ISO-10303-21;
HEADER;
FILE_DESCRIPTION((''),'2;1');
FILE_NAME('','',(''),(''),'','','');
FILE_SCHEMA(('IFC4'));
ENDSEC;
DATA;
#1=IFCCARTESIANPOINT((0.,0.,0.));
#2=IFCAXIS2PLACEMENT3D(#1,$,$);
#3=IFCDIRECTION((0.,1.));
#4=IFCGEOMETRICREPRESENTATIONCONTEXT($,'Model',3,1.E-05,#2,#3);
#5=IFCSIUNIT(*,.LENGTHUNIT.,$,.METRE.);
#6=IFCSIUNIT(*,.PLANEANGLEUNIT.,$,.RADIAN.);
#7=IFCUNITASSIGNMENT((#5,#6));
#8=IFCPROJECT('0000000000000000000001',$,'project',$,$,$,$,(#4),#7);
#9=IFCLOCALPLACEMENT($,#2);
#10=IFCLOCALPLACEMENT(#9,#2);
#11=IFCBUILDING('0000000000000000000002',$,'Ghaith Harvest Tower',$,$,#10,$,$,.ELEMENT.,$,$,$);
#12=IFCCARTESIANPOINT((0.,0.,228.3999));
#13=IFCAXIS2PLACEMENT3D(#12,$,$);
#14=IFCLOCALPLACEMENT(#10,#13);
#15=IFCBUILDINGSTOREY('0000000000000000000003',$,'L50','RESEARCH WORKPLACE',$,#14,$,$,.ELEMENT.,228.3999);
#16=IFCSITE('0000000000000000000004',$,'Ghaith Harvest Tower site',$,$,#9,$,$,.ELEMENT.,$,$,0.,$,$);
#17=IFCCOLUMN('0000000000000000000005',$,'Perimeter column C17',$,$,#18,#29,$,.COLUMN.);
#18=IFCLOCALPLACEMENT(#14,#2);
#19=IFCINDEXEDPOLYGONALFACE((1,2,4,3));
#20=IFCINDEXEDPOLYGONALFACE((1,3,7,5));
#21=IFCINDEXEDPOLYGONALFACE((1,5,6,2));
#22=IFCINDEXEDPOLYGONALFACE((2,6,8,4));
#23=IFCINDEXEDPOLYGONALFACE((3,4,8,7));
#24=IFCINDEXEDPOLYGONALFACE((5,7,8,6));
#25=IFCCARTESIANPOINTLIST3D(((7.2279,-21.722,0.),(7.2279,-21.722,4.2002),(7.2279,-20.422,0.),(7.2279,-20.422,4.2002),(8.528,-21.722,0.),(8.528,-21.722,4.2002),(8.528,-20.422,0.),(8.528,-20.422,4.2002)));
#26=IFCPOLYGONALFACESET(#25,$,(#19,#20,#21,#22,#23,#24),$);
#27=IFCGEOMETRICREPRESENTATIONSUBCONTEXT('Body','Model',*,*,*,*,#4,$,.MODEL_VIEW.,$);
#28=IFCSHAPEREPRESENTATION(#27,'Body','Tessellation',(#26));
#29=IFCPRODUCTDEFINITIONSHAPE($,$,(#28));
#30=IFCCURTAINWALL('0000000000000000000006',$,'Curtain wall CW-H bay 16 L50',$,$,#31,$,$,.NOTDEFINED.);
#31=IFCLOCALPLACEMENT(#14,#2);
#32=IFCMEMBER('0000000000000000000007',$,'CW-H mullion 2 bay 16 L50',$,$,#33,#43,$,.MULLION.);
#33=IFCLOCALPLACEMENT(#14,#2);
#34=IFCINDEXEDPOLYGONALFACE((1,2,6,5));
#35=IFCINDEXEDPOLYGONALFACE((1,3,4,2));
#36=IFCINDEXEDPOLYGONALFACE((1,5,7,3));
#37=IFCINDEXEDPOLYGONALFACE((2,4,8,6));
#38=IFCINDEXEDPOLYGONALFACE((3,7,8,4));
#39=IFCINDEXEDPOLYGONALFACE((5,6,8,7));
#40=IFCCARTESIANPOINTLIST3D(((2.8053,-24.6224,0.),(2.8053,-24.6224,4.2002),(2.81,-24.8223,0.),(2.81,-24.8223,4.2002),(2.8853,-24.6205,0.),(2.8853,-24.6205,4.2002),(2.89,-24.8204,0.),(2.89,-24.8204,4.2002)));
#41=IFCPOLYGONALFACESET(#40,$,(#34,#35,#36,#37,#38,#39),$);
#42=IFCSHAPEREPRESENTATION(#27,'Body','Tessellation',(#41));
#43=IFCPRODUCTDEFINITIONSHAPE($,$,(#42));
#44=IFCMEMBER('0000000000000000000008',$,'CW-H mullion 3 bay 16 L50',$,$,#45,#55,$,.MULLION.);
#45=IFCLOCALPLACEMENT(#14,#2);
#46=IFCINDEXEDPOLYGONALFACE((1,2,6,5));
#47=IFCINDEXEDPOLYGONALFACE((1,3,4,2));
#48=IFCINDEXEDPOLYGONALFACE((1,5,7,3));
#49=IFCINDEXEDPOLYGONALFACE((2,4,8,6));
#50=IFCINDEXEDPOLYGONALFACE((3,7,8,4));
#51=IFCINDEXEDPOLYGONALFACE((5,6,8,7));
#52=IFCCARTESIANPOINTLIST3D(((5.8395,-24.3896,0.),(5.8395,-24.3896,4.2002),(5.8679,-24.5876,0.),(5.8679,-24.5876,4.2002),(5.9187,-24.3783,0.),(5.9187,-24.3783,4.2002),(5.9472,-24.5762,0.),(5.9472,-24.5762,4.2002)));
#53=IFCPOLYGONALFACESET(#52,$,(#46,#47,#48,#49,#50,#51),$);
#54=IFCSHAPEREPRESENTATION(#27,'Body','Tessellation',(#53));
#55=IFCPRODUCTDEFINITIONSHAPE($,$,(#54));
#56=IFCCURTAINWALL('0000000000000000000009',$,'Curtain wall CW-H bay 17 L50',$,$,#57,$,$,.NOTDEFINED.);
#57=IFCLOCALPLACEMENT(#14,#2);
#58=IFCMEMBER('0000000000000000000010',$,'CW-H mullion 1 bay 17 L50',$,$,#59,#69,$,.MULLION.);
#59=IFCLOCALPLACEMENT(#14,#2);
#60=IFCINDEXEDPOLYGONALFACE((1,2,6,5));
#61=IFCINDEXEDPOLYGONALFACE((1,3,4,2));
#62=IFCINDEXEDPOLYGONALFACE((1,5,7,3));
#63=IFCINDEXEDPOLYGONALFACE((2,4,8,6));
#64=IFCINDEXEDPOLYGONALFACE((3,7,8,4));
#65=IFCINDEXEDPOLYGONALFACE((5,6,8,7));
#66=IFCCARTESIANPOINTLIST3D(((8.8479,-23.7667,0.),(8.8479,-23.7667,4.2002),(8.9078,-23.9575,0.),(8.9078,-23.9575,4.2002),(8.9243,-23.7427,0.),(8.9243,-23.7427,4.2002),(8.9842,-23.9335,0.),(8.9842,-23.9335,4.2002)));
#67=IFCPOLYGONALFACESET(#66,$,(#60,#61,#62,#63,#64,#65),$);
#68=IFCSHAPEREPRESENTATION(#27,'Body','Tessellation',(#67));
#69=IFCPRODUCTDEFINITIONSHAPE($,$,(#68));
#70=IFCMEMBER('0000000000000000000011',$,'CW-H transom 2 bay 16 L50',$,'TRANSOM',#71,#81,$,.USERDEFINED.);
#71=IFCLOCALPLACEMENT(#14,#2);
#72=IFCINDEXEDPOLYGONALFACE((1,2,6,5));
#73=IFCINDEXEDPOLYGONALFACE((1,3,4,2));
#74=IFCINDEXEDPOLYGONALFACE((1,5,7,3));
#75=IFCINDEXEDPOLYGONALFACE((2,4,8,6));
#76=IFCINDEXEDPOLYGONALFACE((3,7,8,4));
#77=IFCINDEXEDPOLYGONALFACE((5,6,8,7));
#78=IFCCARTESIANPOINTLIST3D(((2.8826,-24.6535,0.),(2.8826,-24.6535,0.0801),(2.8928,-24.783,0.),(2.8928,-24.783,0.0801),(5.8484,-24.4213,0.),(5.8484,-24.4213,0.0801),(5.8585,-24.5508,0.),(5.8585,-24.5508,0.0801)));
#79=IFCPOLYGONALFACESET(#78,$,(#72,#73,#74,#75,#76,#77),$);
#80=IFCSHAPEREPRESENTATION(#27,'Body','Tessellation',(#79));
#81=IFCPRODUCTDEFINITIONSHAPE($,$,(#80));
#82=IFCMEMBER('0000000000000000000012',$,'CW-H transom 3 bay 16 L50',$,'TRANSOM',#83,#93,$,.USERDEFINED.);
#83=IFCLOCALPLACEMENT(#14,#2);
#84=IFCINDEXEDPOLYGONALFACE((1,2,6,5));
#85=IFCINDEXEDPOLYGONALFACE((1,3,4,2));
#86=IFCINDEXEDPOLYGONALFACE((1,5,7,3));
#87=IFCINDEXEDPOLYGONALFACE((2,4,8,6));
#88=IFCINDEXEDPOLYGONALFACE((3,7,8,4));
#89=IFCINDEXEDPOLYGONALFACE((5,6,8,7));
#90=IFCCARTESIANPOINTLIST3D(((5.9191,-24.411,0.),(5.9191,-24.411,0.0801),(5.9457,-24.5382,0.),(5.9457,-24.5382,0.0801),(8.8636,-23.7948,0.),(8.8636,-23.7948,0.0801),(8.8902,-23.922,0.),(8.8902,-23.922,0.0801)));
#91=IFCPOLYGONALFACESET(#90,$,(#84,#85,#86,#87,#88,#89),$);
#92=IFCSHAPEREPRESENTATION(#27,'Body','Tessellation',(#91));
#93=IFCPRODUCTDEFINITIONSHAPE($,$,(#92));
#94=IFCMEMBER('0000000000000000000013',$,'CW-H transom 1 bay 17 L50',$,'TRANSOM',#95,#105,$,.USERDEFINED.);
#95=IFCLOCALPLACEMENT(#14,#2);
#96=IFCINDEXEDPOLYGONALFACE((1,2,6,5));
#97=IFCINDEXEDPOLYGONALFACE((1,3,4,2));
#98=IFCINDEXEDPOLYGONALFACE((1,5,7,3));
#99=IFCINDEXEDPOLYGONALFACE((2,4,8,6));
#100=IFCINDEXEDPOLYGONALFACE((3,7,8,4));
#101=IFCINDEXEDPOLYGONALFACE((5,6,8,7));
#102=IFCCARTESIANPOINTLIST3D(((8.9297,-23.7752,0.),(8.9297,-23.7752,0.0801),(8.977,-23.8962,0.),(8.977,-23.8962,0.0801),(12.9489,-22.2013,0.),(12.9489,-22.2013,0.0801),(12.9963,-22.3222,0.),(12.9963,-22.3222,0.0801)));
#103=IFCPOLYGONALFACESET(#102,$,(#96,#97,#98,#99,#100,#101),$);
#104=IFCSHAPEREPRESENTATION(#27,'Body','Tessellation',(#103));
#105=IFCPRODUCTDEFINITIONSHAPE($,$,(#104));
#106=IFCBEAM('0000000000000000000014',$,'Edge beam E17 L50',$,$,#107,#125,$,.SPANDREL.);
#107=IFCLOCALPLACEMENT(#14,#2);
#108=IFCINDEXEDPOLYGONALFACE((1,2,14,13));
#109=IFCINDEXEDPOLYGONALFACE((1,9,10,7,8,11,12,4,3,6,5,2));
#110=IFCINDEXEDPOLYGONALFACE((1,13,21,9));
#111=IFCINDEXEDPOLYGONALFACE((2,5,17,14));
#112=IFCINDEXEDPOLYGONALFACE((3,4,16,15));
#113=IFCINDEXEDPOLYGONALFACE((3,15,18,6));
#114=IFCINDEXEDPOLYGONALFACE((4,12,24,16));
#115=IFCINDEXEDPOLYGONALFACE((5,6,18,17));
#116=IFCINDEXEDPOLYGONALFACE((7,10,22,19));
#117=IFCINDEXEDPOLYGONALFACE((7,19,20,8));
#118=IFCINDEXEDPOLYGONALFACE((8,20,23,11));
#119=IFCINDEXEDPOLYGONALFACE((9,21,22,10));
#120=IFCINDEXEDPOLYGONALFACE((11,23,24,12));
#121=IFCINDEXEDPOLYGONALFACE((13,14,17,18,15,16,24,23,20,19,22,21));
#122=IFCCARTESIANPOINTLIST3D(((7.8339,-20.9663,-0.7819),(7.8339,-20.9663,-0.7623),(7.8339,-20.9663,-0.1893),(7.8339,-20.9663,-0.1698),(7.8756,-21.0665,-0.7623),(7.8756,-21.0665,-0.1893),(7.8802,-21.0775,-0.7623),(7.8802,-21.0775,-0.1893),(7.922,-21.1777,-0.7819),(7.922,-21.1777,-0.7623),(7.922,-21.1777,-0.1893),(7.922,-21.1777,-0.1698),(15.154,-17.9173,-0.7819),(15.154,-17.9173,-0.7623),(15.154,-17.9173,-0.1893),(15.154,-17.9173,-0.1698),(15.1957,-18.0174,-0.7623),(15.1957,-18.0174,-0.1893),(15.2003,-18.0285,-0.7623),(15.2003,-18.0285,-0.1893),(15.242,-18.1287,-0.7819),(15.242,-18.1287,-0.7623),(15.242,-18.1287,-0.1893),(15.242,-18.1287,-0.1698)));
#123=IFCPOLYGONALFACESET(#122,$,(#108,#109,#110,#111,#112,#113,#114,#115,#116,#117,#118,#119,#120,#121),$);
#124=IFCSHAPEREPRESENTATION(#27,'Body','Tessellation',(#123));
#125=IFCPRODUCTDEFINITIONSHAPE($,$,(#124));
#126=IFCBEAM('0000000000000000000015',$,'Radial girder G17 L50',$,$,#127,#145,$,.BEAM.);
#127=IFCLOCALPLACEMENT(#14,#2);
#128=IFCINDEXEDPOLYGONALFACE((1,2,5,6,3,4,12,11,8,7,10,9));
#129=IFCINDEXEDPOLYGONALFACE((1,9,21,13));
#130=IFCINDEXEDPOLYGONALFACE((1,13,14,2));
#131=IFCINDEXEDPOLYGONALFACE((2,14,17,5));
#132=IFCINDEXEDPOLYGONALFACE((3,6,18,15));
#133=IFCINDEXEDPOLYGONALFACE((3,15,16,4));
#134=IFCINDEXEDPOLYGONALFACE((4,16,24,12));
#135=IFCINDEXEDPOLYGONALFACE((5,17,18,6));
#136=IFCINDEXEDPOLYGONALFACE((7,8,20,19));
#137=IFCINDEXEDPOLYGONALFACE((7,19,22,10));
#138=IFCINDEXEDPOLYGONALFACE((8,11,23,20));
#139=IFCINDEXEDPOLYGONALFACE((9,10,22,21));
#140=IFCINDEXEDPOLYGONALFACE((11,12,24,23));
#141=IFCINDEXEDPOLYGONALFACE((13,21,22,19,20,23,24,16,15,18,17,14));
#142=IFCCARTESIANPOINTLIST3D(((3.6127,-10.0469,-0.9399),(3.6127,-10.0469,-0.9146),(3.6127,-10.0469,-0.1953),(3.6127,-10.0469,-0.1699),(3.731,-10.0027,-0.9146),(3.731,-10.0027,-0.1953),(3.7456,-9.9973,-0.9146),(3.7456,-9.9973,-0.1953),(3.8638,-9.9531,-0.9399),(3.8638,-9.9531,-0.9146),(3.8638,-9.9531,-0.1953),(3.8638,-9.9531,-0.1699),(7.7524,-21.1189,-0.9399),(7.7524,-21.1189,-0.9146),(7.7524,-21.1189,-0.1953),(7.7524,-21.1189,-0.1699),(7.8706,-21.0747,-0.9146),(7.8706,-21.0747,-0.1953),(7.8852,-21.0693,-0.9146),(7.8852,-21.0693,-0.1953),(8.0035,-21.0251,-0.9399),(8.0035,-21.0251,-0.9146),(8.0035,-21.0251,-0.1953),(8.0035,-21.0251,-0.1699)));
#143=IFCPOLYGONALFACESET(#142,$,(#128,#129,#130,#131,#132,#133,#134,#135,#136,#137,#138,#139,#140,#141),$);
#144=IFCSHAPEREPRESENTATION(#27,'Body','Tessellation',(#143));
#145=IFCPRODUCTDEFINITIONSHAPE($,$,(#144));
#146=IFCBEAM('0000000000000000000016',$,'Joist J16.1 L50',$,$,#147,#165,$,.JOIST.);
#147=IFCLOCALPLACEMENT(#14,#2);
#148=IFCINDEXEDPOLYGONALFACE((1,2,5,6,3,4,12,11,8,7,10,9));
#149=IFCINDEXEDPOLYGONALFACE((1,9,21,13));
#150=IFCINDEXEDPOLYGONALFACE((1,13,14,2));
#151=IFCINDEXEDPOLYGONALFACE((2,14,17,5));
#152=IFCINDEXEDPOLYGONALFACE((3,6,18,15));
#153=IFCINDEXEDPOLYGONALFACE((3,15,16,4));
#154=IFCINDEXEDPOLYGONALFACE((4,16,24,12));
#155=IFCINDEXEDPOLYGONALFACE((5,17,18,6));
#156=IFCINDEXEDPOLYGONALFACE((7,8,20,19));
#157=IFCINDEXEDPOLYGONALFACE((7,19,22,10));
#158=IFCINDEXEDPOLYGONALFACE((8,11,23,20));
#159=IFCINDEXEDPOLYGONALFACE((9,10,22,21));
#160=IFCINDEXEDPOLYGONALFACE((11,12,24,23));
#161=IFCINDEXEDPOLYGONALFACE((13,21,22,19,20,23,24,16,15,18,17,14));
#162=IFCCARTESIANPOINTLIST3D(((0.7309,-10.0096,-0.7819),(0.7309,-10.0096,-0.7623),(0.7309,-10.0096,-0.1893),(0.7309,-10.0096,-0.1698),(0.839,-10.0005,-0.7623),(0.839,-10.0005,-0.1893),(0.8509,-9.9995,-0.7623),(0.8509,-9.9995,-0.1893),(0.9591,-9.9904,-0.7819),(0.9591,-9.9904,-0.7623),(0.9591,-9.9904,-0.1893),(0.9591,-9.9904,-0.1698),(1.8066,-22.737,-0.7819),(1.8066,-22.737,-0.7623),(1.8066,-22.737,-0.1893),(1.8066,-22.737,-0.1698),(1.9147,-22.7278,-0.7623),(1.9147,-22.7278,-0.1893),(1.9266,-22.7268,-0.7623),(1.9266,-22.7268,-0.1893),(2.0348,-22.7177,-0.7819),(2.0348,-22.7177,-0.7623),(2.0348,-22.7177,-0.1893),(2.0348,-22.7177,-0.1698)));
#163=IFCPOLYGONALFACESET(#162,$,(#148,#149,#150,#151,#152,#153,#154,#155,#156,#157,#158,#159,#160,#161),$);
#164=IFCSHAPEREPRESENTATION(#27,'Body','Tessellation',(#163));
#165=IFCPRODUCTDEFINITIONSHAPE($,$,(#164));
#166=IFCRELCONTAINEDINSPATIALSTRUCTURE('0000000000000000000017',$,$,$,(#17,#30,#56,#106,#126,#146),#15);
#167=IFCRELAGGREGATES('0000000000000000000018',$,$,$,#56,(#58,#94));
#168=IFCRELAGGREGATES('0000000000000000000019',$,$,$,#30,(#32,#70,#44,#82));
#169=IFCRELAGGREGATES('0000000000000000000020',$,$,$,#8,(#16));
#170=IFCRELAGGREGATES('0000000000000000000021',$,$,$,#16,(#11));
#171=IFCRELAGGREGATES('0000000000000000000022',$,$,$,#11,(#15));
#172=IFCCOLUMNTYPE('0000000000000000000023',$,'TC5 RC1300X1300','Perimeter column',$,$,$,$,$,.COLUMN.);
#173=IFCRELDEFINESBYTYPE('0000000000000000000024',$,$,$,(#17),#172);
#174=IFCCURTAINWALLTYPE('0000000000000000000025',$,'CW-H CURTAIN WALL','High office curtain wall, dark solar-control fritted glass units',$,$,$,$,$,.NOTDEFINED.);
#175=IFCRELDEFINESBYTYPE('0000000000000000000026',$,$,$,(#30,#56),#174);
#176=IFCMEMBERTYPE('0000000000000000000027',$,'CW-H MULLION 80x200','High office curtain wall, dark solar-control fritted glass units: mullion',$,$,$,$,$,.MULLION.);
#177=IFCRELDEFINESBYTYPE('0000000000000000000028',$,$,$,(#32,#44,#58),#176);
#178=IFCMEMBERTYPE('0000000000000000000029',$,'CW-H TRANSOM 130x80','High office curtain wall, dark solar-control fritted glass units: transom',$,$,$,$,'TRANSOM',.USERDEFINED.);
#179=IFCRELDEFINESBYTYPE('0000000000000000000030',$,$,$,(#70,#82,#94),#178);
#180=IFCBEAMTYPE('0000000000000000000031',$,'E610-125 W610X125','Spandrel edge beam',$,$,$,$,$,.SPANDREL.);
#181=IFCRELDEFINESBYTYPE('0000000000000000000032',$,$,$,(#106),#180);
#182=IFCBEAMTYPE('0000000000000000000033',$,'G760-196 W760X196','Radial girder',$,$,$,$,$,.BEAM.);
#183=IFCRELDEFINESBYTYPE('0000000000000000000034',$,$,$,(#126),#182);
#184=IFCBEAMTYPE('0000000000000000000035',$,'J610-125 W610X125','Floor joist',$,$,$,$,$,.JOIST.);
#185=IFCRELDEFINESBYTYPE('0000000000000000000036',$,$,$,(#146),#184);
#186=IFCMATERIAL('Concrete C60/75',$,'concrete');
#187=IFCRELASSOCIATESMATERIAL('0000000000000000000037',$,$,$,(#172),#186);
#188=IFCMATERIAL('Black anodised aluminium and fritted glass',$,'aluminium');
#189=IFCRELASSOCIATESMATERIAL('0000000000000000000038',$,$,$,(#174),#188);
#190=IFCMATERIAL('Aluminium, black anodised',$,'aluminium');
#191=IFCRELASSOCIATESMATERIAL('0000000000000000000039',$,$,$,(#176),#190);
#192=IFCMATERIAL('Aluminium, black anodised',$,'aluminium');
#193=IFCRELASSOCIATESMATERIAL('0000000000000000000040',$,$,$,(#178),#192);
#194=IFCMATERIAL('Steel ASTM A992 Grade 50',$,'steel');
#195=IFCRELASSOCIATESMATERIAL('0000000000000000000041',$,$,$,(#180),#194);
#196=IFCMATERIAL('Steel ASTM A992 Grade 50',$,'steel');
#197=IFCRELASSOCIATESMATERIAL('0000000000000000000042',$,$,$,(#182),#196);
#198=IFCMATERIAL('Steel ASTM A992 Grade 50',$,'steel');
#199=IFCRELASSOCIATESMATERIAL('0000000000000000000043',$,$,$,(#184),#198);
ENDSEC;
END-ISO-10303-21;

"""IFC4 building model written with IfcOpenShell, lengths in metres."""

from ifc_helpers import new_model, si_unit, direction, frame, origin, origin_2d, place, context, subcontext, project, spatial, rectangle, i_section, extrude, material, material_profile, profile_set, type_object, element, aggregate, save


model = new_model("IFC4")

# Units and contexts
model_context = context("Model", 3, precision=1e-05, world=origin(), true_north=direction((0.0, 1.0)))
body_context = subcontext(model_context, "Body", "Model", "MODEL_VIEW")
ifc_project = project(units=[si_unit("LENGTHUNIT", "METRE"), si_unit("PLANEANGLEUNIT", "RADIAN")], contexts=[model_context])

# Site, building, storey
site_placement = place(None, origin())
site = spatial("IfcSite", under=ifc_project, at=site_placement, Name="Ghaith Harvest Tower site", CompositionType="ELEMENT", RefElevation=0.0)
building_placement = place(site_placement, origin())
building = spatial("IfcBuilding", under=site, at=building_placement, Name="Ghaith Harvest Tower", CompositionType="ELEMENT")
storey_placement = place(building_placement, frame((0.0, 0.0, 228.3999)))
storey = spatial("IfcBuildingStorey", under=building, at=storey_placement, Name="L50", Description="RESEARCH WORKPLACE", CompositionType="ELEMENT", Elevation=228.3999)

# Column
ifc_material_1 = material(Name="Concrete C60/75", Category="concrete")
ifc_material_profile_1 = material_profile(ifc_material_1, rectangle(XDim=1.3, YDim=1.3, at=origin_2d()), Name="RC1300X1300")
ifc_profile_set_1 = profile_set([ifc_material_profile_1], Name="Concrete C60/75")
column_type = type_object("IfcColumnType", Name="TC5 RC1300X1300", Description="Perimeter column", PredefinedType="COLUMN", material=ifc_profile_set_1)
column_placement = place(storey_placement, frame((7.8779, -21.072, 0.0), z_axis=(0.0, 0.0, 1.0), x_axis=(1.0, 0.0, 0.0)))
element("IfcColumn", 1, at=column_placement, inside=storey, type_object=column_type, Name="Perimeter column C17", PredefinedType="COLUMN", context=body_context, shape_type="SweptSolid", body=[
    extrude(rectangle(XDim=1.3, YDim=1.3, at=origin_2d()), origin(), (0.0, 0.0, 1.0), 4.2002),
])

# Curtain wall, members
ifc_material_2 = material(Name="Black anodised aluminium and fritted glass", Category="aluminium")
curtain_wall_type = type_object("IfcCurtainWallType", Name="CW-H CURTAIN WALL", Description="High office curtain wall, dark solar-control fritted glass units", PredefinedType="NOTDEFINED", material=ifc_material_2)
curtain_wall_1_placement = place(storey_placement, origin())
curtain_wall_1 = element("IfcCurtainWall", 2, at=curtain_wall_1_placement, inside=storey, type_object=curtain_wall_type, Name="Curtain wall CW-H bay 16 L50", PredefinedType="NOTDEFINED")
ifc_material_3 = material(Name="Aluminium, black anodised", Category="aluminium")
ifc_material_profile_2 = material_profile(ifc_material_3, rectangle(XDim=0.0801, YDim=0.2, at=origin_2d()), Name="CW-H MULLION 80x200")
ifc_profile_set_2 = profile_set([ifc_material_profile_2], Name="Aluminium, black anodised")
member_type_1 = type_object("IfcMemberType", Name="CW-H MULLION 80x200", Description="High office curtain wall, dark solar-control fritted glass units: mullion", PredefinedType="MULLION", material=ifc_profile_set_2)
member_1_placement = place(storey_placement, frame((2.8477, -24.7214, 0.0), z_axis=(0.0, 0.0, 1.0), x_axis=(0.999724, 0.023475, 0.0)))
member_1 = element("IfcMember", 3, at=member_1_placement, type_object=member_type_1, Name="CW-H mullion 2 bay 16 L50", PredefinedType="MULLION", context=body_context, shape_type="SweptSolid", body=[
    extrude(rectangle(XDim=0.0801, YDim=0.2, at=origin_2d()), origin(), (0.0, 0.0, 1.0), 4.2002),
])
member_2_placement = place(storey_placement, frame((5.8933, -24.4829, 0.0), z_axis=(0.0, 0.0, 1.0), x_axis=(0.989849, 0.142122, 0.0)))
member_2 = element("IfcMember", 4, at=member_2_placement, type_object=member_type_1, Name="CW-H mullion 3 bay 16 L50", PredefinedType="MULLION", context=body_context, shape_type="SweptSolid", body=[
    extrude(rectangle(XDim=0.0801, YDim=0.2, at=origin_2d()), origin(), (0.0, 0.0, 1.0), 4.2002),
])

# Curtain wall, member
curtain_wall_2_placement = place(storey_placement, origin())
curtain_wall_2 = element("IfcCurtainWall", 5, at=curtain_wall_2_placement, inside=storey, type_object=curtain_wall_type, Name="Curtain wall CW-H bay 17 L50", PredefinedType="NOTDEFINED")
member_3_placement = place(storey_placement, frame((8.916, -23.8501, 0.0), z_axis=(0.0, 0.0, 1.0), x_axis=(0.95403, 0.299711, 0.0)))
member_3 = element("IfcMember", 6, at=member_3_placement, type_object=member_type_1, Name="CW-H mullion 1 bay 17 L50", PredefinedType="MULLION", context=body_context, shape_type="SweptSolid", body=[
    extrude(rectangle(XDim=0.0801, YDim=0.2, at=origin_2d()), origin(), (0.0, 0.0, 1.0), 4.2002),
])

# Members
ifc_material_4 = material(Name="Aluminium, black anodised", Category="aluminium")
ifc_material_profile_3 = material_profile(ifc_material_4, rectangle(XDim=0.1299, YDim=0.0801, at=origin_2d()), Name="CW-H TRANSOM 130x80")
ifc_profile_set_3 = profile_set([ifc_material_profile_3], Name="Aluminium, black anodised")
member_type_2 = type_object("IfcMemberType", Name="CW-H TRANSOM 130x80", Description="High office curtain wall, dark solar-control fritted glass units: transom", ElementType="TRANSOM", PredefinedType="USERDEFINED", material=ifc_profile_set_3)
member_4_placement = place(storey_placement, frame((2.8877, -24.7183, 0.04), z_axis=(0.99695, 0.078046, 0.0), x_axis=(-0.078046, 0.99695, 0.0)))
member_4 = element("IfcMember", 7, at=member_4_placement, type_object=member_type_2, Name="CW-H transom 2 bay 16 L50", ObjectType="TRANSOM", PredefinedType="USERDEFINED", context=body_context, shape_type="SweptSolid", body=[
    extrude(rectangle(XDim=0.1299, YDim=0.0801, at=origin_2d()), origin(), (0.0, 0.0, 1.0), 2.9749),
])
member_5_placement = place(storey_placement, frame((5.9324, -24.4746, 0.04), z_axis=(0.978797, 0.204832, 0.0), x_axis=(-0.204832, 0.978797, 0.0)))
member_5 = element("IfcMember", 8, at=member_5_placement, type_object=member_type_2, Name="CW-H transom 3 bay 16 L50", ObjectType="TRANSOM", PredefinedType="USERDEFINED", context=body_context, shape_type="SweptSolid", body=[
    extrude(rectangle(XDim=0.1299, YDim=0.0801, at=origin_2d()), origin(), (0.0, 0.0, 1.0), 3.0083),
])
member_6_placement = place(storey_placement, frame((8.9534, -23.8357, 0.04), z_axis=(0.931148, 0.364642, 0.0), x_axis=(-0.364642, 0.931148, 0.0)))
member_6 = element("IfcMember", 9, at=member_6_placement, type_object=member_type_2, Name="CW-H transom 1 bay 17 L50", ObjectType="TRANSOM", PredefinedType="USERDEFINED", context=body_context, shape_type="SweptSolid", body=[
    extrude(rectangle(XDim=0.1299, YDim=0.0801, at=origin_2d()), origin(), (0.0, 0.0, 1.0), 4.3164),
])
aggregate(curtain_wall_2, [member_3, member_6])

# Beams
ifc_material_5 = material(Name="Steel ASTM A992 Grade 50", Category="steel")
ifc_material_profile_4 = material_profile(ifc_material_5, i_section(OverallWidth=0.229, OverallDepth=0.6121, WebThickness=0.012, FlangeThickness=0.0195, at=origin_2d()), Name="W610X125")
ifc_profile_set_4 = profile_set([ifc_material_profile_4], Name="Steel ASTM A992 Grade 50")
beam_type_1 = type_object("IfcBeamType", Name="E610-125 W610X125", Description="Spandrel edge beam", PredefinedType="SPANDREL", material=ifc_profile_set_4)
beam_1_placement = place(storey_placement, frame((7.8779, -21.072, -0.4758), z_axis=(0.92312, 0.384513, 0.0), x_axis=(-0.384513, 0.92312, 0.0)))
element("IfcBeam", 10, at=beam_1_placement, inside=storey, type_object=beam_type_1, Name="Edge beam E17 L50", PredefinedType="SPANDREL", context=body_context, shape_type="SweptSolid", body=[
    extrude(i_section(OverallWidth=0.229, OverallDepth=0.6121, WebThickness=0.012, FlangeThickness=0.0195, at=origin_2d()), origin(), (0.0, 0.0, 1.0), 7.9297),
])
ifc_material_6 = material(Name="Steel ASTM A992 Grade 50", Category="steel")
ifc_material_profile_5 = material_profile(ifc_material_6, i_section(OverallWidth=0.2681, OverallDepth=0.77, WebThickness=0.0156, FlangeThickness=0.0254, at=origin_2d()), Name="W760X196")
ifc_profile_set_5 = profile_set([ifc_material_profile_5], Name="Steel ASTM A992 Grade 50")
beam_type_2 = type_object("IfcBeamType", Name="G760-196 W760X196", Description="Radial girder", PredefinedType="BEAM", material=ifc_profile_set_5)
beam_2_placement = place(storey_placement, frame((3.7383, -10.0, -0.5549), z_axis=(0.350207, -0.936672, 0.0), x_axis=(0.936672, 0.350207, 0.0)))
element("IfcBeam", 11, at=beam_2_placement, inside=storey, type_object=beam_type_2, Name="Radial girder G17 L50", PredefinedType="BEAM", context=body_context, shape_type="SweptSolid", body=[
    extrude(i_section(OverallWidth=0.2681, OverallDepth=0.77, WebThickness=0.0156, FlangeThickness=0.0254, at=origin_2d()), origin(), (0.0, 0.0, 1.0), 11.8206),
])
ifc_material_7 = material(Name="Steel ASTM A992 Grade 50", Category="steel")
ifc_material_profile_6 = material_profile(ifc_material_7, i_section(OverallWidth=0.229, OverallDepth=0.6121, WebThickness=0.012, FlangeThickness=0.0195, at=origin_2d()), Name="W610X125")
ifc_profile_set_6 = profile_set([ifc_material_profile_6], Name="Steel ASTM A992 Grade 50")
beam_type_3 = type_object("IfcBeamType", Name="J610-125 W610X125", Description="Floor joist", PredefinedType="JOIST", material=ifc_profile_set_6)
beam_3_placement = place(storey_placement, frame((0.845, -10.0, -0.4758), z_axis=(0.084218, -0.996447, 0.0), x_axis=(0.996447, 0.084218, 0.0)))
element("IfcBeam", 12, at=beam_3_placement, inside=storey, type_object=beam_type_3, Name="Joist J16.1 L50", PredefinedType="JOIST", context=body_context, shape_type="SweptSolid", body=[
    extrude(i_section(OverallWidth=0.229, OverallDepth=0.6121, WebThickness=0.012, FlangeThickness=0.0195, at=origin_2d()), origin(), (0.0, 0.0, 1.0), 12.7727),
])

aggregate(curtain_wall_1, [member_1, member_4, member_2, member_5])

save(model, "model.ifc")
